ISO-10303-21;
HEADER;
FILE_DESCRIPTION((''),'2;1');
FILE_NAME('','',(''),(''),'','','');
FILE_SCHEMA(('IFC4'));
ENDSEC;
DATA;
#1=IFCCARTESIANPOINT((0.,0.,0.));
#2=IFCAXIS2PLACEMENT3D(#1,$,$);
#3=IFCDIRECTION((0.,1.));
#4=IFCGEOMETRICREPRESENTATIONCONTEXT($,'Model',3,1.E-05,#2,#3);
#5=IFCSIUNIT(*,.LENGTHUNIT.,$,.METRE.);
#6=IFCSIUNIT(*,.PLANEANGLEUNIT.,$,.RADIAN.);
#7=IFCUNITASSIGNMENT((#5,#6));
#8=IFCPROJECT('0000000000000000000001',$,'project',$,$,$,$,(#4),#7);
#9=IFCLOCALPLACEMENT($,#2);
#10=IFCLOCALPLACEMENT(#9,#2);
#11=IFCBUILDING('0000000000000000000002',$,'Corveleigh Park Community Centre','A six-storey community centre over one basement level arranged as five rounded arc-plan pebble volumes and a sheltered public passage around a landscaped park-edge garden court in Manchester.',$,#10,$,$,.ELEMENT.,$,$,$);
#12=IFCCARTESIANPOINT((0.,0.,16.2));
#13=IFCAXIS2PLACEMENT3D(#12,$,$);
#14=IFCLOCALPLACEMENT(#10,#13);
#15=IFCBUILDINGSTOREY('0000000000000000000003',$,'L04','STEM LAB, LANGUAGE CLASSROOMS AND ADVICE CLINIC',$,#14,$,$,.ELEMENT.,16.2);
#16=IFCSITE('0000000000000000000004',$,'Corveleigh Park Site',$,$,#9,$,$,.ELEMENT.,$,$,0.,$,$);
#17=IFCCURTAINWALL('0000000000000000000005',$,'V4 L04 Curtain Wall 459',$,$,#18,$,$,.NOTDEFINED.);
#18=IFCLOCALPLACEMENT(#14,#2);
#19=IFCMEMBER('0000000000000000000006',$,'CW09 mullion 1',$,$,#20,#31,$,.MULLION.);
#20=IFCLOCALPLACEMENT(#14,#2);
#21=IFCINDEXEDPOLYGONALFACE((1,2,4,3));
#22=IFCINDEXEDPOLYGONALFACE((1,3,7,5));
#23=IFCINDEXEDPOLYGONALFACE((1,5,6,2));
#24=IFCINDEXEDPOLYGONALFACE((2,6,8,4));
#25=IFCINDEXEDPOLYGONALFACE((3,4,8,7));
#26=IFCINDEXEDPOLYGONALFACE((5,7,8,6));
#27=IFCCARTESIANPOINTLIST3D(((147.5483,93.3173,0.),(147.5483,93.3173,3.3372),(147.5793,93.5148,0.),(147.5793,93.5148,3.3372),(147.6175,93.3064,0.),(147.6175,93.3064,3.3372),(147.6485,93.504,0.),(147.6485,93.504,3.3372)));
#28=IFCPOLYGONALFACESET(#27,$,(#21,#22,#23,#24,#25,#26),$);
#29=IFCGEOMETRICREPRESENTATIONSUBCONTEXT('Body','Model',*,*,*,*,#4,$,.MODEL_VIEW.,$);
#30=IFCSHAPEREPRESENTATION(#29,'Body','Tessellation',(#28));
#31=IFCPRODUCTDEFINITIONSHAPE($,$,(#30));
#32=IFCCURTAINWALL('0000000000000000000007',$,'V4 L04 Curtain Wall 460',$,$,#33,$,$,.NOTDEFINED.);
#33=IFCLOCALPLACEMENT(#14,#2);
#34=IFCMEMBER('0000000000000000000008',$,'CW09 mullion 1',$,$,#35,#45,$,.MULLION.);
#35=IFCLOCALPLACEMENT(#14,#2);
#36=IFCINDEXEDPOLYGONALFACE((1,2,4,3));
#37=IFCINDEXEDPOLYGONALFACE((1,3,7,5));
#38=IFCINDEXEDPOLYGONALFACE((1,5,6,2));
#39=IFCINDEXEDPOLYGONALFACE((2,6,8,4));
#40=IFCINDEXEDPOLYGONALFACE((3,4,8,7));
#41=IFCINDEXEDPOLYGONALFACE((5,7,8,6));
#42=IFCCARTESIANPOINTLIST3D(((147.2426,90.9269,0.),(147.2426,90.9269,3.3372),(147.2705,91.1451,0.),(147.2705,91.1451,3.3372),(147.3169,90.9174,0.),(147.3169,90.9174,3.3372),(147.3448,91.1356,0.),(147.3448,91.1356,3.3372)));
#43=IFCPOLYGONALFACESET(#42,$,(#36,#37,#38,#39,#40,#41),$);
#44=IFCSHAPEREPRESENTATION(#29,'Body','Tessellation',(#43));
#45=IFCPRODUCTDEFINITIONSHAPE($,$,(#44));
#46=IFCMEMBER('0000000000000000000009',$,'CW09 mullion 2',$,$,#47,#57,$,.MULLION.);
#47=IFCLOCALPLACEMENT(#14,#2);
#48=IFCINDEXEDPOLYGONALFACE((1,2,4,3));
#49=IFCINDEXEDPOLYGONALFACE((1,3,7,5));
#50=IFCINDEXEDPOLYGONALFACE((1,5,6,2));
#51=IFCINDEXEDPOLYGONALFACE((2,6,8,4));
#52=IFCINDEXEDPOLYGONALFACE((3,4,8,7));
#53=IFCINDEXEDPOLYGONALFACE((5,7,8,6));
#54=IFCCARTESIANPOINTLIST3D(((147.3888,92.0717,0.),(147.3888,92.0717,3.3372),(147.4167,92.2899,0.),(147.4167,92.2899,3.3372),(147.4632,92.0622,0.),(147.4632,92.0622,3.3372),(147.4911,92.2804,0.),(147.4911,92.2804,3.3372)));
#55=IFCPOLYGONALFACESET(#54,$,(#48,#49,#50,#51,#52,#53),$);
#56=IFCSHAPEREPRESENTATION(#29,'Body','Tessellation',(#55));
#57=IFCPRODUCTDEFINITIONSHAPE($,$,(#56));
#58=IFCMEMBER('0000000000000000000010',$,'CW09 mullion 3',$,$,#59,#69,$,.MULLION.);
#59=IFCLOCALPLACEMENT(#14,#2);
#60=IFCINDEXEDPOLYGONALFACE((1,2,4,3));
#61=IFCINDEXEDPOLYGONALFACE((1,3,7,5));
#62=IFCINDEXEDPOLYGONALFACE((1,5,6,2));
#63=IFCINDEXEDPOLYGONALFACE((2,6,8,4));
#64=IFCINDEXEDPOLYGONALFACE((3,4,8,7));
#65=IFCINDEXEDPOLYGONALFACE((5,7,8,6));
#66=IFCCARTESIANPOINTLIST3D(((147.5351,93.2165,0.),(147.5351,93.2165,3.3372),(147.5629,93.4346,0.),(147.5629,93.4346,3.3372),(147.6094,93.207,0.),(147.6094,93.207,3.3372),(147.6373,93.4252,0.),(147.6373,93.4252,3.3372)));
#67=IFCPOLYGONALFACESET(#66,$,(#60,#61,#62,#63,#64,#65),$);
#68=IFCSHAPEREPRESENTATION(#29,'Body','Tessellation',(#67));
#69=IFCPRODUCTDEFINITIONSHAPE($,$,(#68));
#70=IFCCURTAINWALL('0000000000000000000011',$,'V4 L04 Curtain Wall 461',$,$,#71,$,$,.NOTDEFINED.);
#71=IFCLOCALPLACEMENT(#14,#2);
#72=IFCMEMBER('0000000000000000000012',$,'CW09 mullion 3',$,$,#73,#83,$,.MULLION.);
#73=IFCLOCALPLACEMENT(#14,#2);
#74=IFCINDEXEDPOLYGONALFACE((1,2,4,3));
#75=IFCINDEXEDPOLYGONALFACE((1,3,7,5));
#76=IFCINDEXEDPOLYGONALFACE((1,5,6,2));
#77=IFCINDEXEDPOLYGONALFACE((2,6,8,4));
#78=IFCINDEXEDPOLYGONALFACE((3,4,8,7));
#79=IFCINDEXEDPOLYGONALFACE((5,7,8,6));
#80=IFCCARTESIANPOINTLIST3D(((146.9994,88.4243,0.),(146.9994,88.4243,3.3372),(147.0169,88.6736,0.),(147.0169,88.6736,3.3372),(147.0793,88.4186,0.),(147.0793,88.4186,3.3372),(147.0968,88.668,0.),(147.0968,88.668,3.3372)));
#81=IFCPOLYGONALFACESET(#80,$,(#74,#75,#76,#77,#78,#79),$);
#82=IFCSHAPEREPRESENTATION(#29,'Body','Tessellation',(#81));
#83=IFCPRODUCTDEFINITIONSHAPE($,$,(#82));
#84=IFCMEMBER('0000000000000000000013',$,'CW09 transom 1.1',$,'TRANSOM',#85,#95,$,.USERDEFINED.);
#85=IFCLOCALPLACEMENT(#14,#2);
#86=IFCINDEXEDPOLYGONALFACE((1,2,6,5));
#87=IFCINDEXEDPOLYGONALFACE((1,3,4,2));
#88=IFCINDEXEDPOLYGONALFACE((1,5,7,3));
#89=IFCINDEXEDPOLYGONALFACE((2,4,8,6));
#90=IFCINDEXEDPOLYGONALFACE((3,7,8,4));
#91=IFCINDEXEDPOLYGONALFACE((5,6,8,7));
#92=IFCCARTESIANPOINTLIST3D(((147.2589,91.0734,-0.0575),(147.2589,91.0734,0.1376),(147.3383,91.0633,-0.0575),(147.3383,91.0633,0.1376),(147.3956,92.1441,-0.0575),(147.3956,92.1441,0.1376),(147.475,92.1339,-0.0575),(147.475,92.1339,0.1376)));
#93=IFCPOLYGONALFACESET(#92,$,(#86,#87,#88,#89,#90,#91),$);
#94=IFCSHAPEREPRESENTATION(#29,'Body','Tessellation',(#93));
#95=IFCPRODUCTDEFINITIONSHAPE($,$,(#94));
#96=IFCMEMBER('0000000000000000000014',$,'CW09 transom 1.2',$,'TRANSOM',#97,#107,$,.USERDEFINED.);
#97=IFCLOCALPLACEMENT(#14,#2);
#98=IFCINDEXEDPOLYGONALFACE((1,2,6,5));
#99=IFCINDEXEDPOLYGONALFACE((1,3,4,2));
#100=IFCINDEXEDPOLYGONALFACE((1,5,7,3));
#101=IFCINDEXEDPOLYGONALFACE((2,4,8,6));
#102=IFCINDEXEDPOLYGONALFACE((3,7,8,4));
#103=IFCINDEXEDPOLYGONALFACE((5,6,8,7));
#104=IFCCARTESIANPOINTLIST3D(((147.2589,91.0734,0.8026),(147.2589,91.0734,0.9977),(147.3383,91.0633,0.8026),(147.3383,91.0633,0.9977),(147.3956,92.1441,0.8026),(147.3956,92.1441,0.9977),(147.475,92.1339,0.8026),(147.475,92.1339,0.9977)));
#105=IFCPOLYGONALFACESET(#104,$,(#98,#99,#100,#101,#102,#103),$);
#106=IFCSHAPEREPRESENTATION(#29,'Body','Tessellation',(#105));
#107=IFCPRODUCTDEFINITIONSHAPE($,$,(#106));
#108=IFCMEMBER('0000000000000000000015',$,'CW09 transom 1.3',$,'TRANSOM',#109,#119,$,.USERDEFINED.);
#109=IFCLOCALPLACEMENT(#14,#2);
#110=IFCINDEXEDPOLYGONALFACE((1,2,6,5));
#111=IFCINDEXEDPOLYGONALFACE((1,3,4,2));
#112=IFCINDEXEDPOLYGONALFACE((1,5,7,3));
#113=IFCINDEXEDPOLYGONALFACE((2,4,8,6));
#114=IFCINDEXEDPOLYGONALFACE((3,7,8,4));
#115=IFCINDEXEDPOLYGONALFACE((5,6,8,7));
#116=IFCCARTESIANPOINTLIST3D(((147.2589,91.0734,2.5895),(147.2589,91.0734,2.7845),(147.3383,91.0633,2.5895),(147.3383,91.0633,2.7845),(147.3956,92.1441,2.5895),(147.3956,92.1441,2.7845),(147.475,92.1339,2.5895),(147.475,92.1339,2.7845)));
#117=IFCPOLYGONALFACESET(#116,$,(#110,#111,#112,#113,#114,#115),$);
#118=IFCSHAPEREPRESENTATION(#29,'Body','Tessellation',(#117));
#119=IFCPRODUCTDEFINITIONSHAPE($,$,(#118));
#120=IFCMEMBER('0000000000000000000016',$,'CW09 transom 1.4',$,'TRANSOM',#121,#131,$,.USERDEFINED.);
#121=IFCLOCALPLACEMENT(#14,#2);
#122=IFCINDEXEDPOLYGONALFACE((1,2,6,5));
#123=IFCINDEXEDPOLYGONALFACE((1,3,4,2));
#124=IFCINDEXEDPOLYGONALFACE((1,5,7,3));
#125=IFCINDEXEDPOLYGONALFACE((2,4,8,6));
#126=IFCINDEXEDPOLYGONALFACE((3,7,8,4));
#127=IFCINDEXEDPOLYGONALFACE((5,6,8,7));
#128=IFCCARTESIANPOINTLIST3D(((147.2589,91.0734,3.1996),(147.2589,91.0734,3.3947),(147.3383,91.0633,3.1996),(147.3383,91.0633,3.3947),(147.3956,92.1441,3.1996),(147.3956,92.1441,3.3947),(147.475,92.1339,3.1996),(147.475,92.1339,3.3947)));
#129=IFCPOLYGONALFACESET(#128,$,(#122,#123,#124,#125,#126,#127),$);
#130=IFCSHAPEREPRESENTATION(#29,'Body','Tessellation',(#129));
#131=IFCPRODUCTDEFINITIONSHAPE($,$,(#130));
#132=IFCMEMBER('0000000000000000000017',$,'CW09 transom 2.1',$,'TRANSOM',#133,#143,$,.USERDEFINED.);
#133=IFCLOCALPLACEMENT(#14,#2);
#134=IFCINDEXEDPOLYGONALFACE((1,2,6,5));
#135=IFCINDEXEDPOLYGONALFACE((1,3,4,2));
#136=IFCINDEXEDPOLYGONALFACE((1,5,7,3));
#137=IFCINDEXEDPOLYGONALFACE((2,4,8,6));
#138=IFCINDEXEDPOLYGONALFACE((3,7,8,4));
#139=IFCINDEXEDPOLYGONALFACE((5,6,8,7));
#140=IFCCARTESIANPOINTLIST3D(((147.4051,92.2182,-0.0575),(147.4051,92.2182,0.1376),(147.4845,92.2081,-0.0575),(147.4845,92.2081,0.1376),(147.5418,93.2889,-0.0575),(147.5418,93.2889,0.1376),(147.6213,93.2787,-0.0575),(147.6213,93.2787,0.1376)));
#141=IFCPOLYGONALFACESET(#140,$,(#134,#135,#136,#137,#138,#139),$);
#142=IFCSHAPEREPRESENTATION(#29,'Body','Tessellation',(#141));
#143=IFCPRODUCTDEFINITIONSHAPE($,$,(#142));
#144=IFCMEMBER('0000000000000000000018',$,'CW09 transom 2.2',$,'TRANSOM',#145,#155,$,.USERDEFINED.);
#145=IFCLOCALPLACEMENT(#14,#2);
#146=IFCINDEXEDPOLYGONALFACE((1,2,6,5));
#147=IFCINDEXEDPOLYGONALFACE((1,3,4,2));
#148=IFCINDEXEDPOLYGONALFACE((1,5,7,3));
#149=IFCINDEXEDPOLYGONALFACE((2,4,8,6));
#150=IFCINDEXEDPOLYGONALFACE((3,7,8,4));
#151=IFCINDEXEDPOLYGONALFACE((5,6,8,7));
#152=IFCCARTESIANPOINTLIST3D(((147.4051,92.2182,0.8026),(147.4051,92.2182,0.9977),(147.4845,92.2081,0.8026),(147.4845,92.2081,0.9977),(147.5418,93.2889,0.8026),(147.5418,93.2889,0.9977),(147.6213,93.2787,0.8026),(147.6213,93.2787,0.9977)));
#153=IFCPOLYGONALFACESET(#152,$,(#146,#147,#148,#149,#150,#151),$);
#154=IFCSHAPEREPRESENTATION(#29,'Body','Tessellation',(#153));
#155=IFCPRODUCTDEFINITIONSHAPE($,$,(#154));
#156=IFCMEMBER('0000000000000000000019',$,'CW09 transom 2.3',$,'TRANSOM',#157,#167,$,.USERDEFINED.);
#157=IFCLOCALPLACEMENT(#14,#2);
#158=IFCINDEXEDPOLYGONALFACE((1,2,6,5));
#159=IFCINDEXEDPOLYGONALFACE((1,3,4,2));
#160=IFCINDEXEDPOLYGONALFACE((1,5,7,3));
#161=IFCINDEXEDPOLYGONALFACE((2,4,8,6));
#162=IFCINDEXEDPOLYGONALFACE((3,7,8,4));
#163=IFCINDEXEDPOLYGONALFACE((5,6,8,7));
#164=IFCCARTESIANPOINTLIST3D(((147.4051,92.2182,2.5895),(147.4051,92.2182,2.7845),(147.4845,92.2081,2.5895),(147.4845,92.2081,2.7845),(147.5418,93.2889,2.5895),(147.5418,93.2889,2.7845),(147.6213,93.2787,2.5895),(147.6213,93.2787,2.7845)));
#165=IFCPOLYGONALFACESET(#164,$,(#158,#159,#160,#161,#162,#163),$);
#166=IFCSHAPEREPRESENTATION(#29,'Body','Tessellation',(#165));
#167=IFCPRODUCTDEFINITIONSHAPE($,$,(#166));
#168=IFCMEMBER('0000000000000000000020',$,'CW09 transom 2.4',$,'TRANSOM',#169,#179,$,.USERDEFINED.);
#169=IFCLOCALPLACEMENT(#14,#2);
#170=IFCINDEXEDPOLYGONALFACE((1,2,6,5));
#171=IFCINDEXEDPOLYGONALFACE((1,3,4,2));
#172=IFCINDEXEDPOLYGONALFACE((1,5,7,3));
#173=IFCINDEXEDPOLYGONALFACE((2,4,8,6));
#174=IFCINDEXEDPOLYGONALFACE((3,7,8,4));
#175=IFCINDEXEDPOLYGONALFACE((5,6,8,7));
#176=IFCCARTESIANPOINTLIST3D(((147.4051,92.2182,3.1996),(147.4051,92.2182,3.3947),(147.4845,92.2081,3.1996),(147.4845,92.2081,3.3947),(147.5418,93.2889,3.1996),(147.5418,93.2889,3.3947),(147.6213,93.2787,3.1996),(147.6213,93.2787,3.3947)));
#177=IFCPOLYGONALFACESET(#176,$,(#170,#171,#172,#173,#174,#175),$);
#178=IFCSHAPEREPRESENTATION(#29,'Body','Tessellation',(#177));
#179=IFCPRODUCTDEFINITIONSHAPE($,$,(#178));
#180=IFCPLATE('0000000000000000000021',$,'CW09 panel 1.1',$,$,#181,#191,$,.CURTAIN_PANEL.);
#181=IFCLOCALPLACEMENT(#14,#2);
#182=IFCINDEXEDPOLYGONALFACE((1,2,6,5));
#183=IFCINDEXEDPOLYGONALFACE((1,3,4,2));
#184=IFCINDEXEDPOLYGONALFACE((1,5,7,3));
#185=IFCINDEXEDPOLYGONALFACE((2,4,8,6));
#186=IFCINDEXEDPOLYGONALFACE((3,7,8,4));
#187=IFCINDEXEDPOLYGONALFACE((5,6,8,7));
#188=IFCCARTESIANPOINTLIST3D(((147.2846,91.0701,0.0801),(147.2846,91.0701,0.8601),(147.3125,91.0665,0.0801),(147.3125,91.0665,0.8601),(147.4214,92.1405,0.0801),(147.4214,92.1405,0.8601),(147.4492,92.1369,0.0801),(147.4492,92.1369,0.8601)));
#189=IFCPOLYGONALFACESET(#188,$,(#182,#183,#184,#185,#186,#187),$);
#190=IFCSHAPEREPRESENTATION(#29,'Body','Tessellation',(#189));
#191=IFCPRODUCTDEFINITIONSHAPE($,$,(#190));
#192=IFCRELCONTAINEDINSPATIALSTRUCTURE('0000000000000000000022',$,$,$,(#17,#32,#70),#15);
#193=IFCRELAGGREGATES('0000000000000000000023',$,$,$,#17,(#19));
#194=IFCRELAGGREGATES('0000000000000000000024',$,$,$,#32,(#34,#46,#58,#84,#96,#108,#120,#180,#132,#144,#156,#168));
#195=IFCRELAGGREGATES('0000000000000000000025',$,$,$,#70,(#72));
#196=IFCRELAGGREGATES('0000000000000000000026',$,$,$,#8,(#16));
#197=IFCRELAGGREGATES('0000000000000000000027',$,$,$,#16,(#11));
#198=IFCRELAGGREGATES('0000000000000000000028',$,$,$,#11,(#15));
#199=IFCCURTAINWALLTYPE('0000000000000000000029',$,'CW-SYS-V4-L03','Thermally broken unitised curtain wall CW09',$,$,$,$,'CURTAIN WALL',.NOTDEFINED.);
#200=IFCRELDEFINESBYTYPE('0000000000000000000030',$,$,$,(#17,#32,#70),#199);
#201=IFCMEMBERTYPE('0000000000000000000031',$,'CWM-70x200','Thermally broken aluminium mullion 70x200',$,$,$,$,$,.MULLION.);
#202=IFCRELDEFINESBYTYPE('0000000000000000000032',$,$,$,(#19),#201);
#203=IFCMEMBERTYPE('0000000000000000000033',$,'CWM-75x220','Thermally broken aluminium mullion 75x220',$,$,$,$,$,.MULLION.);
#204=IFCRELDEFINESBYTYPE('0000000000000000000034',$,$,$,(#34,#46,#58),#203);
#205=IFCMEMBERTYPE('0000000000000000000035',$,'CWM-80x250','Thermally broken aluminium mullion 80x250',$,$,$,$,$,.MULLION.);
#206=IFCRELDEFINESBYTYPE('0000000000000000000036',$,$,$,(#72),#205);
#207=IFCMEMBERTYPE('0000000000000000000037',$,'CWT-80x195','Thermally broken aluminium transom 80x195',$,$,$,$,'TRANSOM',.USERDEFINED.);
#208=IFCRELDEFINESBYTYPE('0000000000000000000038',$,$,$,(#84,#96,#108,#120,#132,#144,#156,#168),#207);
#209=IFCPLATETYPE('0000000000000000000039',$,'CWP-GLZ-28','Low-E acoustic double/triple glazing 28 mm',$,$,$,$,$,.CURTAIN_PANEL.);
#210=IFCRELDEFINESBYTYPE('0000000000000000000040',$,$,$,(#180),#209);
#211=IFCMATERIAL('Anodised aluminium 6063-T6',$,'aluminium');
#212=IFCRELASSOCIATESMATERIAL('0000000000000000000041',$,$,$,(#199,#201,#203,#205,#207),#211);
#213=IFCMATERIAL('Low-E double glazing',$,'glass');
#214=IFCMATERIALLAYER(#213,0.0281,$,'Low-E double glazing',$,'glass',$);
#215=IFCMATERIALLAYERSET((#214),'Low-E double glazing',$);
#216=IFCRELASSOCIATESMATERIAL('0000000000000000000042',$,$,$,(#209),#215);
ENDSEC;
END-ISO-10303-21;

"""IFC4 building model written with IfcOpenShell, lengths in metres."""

from ifc_helpers import new_model, si_unit, direction, frame, origin, origin_2d, place, context, subcontext, project, spatial, rectangle, extrude, material, layer, layer_set, material_profile, profile_set, type_object, element, aggregate, save


model = new_model("IFC4")

# Units and contexts
model_context = context("Model", 3, precision=1e-05, world=origin(), true_north=direction((0.0, 1.0)))
body_context = subcontext(model_context, "Body", "Model", "MODEL_VIEW")
ifc_project = project(units=[si_unit("LENGTHUNIT", "METRE"), si_unit("PLANEANGLEUNIT", "RADIAN")], contexts=[model_context])

# Site, building, storey
site_placement = place(None, origin())
site = spatial("IfcSite", under=ifc_project, at=site_placement, Name="Corveleigh Park Site", CompositionType="ELEMENT", RefElevation=0.0)
building_placement = place(site_placement, origin())
building = spatial("IfcBuilding", under=site, at=building_placement, Name="Corveleigh Park Community Centre", Description="A six-storey community centre over one basement level arranged as five rounded arc-plan pebble volumes and a sheltered public passage around a landscaped park-edge garden court in Manchester.", CompositionType="ELEMENT")
storey_placement = place(building_placement, frame((0.0, 0.0, 16.2)))
storey = spatial("IfcBuildingStorey", under=building, at=storey_placement, Name="L04", Description="STEM LAB, LANGUAGE CLASSROOMS AND ADVICE CLINIC", CompositionType="ELEMENT", Elevation=16.2)

# Curtain wall, member
ifc_material_1 = material(Name="Anodised aluminium 6063-T6", Category="aluminium")
curtain_wall_type = type_object("IfcCurtainWallType", Name="CW-SYS-V4-L03", Description="Thermally broken unitised curtain wall CW09", ElementType="CURTAIN WALL", PredefinedType="NOTDEFINED", material=ifc_material_1)
curtain_wall_1_placement = place(storey_placement, origin())
curtain_wall_1 = element("IfcCurtainWall", 1, at=curtain_wall_1_placement, inside=storey, type_object=curtain_wall_type, Name="V4 L04 Curtain Wall 459", PredefinedType="NOTDEFINED")
ifc_material_profile_1 = material_profile(ifc_material_1, rectangle(XDim=0.0701, YDim=0.2, at=origin_2d()), Name="ALU-M70x200", Category="aluminium")
ifc_profile_set_1 = profile_set([ifc_material_profile_1], Name="Anodised aluminium 6063-T6")
member_type_1 = type_object("IfcMemberType", Name="CWM-70x200", Description="Thermally broken aluminium mullion 70x200", PredefinedType="MULLION", material=ifc_profile_set_1)
member_1_placement = place(storey_placement, frame((147.5984, 93.4106, 0.0), z_axis=(0.0, 0.0, 1.0), x_axis=(-0.987936, 0.154863, 0.0)))
member_1 = element("IfcMember", 2, at=member_1_placement, type_object=member_type_1, Name="CW09 mullion 1", PredefinedType="MULLION", context=body_context, shape_type="SweptSolid", body=[
    extrude(rectangle(XDim=0.0701, YDim=0.2, at=origin_2d()), origin(), (0.0, 0.0, 1.0), 3.3372),
])
aggregate(curtain_wall_1, [member_1])

# Curtain wall, members
curtain_wall_2_placement = place(storey_placement, origin())
curtain_wall_2 = element("IfcCurtainWall", 3, at=curtain_wall_2_placement, inside=storey, type_object=curtain_wall_type, Name="V4 L04 Curtain Wall 460", PredefinedType="NOTDEFINED")
ifc_material_profile_2 = material_profile(ifc_material_1, rectangle(XDim=0.075, YDim=0.22, at=origin_2d()), Name="ALU-M75x220", Category="aluminium")
ifc_profile_set_2 = profile_set([ifc_material_profile_2], Name="Anodised aluminium 6063-T6")
member_type_2 = type_object("IfcMemberType", Name="CWM-75x220", Description="Thermally broken aluminium mullion 75x220", PredefinedType="MULLION", material=ifc_profile_set_2)
member_2_placement = place(storey_placement, frame((147.2937, 91.0312, 0.0), z_axis=(0.0, 0.0, 1.0), x_axis=(-0.991939, 0.12672, 0.0)))
member_2 = element("IfcMember", 4, at=member_2_placement, type_object=member_type_2, Name="CW09 mullion 1", PredefinedType="MULLION", context=body_context, shape_type="SweptSolid", body=[
    extrude(rectangle(XDim=0.075, YDim=0.22, at=origin_2d()), origin(), (0.0, 0.0, 1.0), 3.3372),
])
member_3_placement = place(storey_placement, frame((147.4399, 92.176, 0.0), z_axis=(0.0, 0.0, 1.0), x_axis=(-0.991939, 0.12672, 0.0)))
member_3 = element("IfcMember", 5, at=member_3_placement, type_object=member_type_2, Name="CW09 mullion 2", PredefinedType="MULLION", context=body_context, shape_type="SweptSolid", body=[
    extrude(rectangle(XDim=0.075, YDim=0.22, at=origin_2d()), origin(), (0.0, 0.0, 1.0), 3.3372),
])
member_4_placement = place(storey_placement, frame((147.5862, 93.3208, 0.0), z_axis=(0.0, 0.0, 1.0), x_axis=(-0.991939, 0.12672, 0.0)))
member_4 = element("IfcMember", 6, at=member_4_placement, type_object=member_type_2, Name="CW09 mullion 3", PredefinedType="MULLION", context=body_context, shape_type="SweptSolid", body=[
    extrude(rectangle(XDim=0.075, YDim=0.22, at=origin_2d()), origin(), (0.0, 0.0, 1.0), 3.3372),
])

# Curtain wall, member
curtain_wall_3_placement = place(storey_placement, origin())
curtain_wall_3 = element("IfcCurtainWall", 7, at=curtain_wall_3_placement, inside=storey, type_object=curtain_wall_type, Name="V4 L04 Curtain Wall 461", PredefinedType="NOTDEFINED")
ifc_material_profile_3 = material_profile(ifc_material_1, rectangle(XDim=0.0801, YDim=0.25, at=origin_2d()), Name="ALU-M80x250", Category="aluminium")
ifc_profile_set_3 = profile_set([ifc_material_profile_3], Name="Anodised aluminium 6063-T6")
member_type_3 = type_object("IfcMemberType", Name="CWM-80x250", Description="Thermally broken aluminium mullion 80x250", PredefinedType="MULLION", material=ifc_profile_set_3)
member_5_placement = place(storey_placement, frame((147.0481, 88.5461, 0.0), z_axis=(0.0, 0.0, 1.0), x_axis=(-0.997541, 0.070084, 0.0)))
member_5 = element("IfcMember", 8, at=member_5_placement, type_object=member_type_3, Name="CW09 mullion 3", PredefinedType="MULLION", context=body_context, shape_type="SweptSolid", body=[
    extrude(rectangle(XDim=0.0801, YDim=0.25, at=origin_2d()), origin(), (0.0, 0.0, 1.0), 3.3372),
])

# Members
ifc_material_profile_4 = material_profile(ifc_material_1, rectangle(XDim=0.0801, YDim=0.1951, at=origin_2d()), Name="ALU-T80x195", Category="aluminium")
ifc_profile_set_4 = profile_set([ifc_material_profile_4], Name="Anodised aluminium 6063-T6")
member_type_4 = type_object("IfcMemberType", Name="CWT-80x195", Description="Thermally broken aluminium transom 80x195", ElementType="TRANSOM", PredefinedType="USERDEFINED", material=ifc_profile_set_4)
member_6_placement = place(storey_placement, frame((147.2986, 91.0684, 0.04), z_axis=(0.126679, 0.991944, 0.0), x_axis=(-0.991944, 0.126679, 0.0)))
member_6 = element("IfcMember", 9, at=member_6_placement, type_object=member_type_4, Name="CW09 transom 1.1", ObjectType="TRANSOM", PredefinedType="USERDEFINED", context=body_context, shape_type="SweptSolid", body=[
    extrude(rectangle(XDim=0.0801, YDim=0.1951, at=origin_2d()), origin(), (0.0, 0.0, 1.0), 1.0793),
])
member_7_placement = place(storey_placement, frame((147.2986, 91.0684, 0.9001), z_axis=(0.126679, 0.991944, 0.0), x_axis=(-0.991944, 0.126679, 0.0)))
member_7 = element("IfcMember", 10, at=member_7_placement, type_object=member_type_4, Name="CW09 transom 1.2", ObjectType="TRANSOM", PredefinedType="USERDEFINED", context=body_context, shape_type="SweptSolid", body=[
    extrude(rectangle(XDim=0.0801, YDim=0.1951, at=origin_2d()), origin(), (0.0, 0.0, 1.0), 1.0793),
])
member_8_placement = place(storey_placement, frame((147.2986, 91.0684, 2.687), z_axis=(0.126679, 0.991944, 0.0), x_axis=(-0.991944, 0.126679, 0.0)))
member_8 = element("IfcMember", 11, at=member_8_placement, type_object=member_type_4, Name="CW09 transom 1.3", ObjectType="TRANSOM", PredefinedType="USERDEFINED", context=body_context, shape_type="SweptSolid", body=[
    extrude(rectangle(XDim=0.0801, YDim=0.1951, at=origin_2d()), origin(), (0.0, 0.0, 1.0), 1.0793),
])
member_9_placement = place(storey_placement, frame((147.2986, 91.0684, 3.2971), z_axis=(0.126679, 0.991944, 0.0), x_axis=(-0.991944, 0.126679, 0.0)))
member_9 = element("IfcMember", 12, at=member_9_placement, type_object=member_type_4, Name="CW09 transom 1.4", ObjectType="TRANSOM", PredefinedType="USERDEFINED", context=body_context, shape_type="SweptSolid", body=[
    extrude(rectangle(XDim=0.0801, YDim=0.1951, at=origin_2d()), origin(), (0.0, 0.0, 1.0), 1.0793),
])
member_10_placement = place(storey_placement, frame((147.4448, 92.2131, 0.04), z_axis=(0.126679, 0.991944, 0.0), x_axis=(-0.991944, 0.126679, 0.0)))
member_10 = element("IfcMember", 13, at=member_10_placement, type_object=member_type_4, Name="CW09 transom 2.1", ObjectType="TRANSOM", PredefinedType="USERDEFINED", context=body_context, shape_type="SweptSolid", body=[
    extrude(rectangle(XDim=0.0801, YDim=0.1951, at=origin_2d()), origin(), (0.0, 0.0, 1.0), 1.0793),
])
member_11_placement = place(storey_placement, frame((147.4448, 92.2131, 0.9001), z_axis=(0.126679, 0.991944, 0.0), x_axis=(-0.991944, 0.126679, 0.0)))
member_11 = element("IfcMember", 14, at=member_11_placement, type_object=member_type_4, Name="CW09 transom 2.2", ObjectType="TRANSOM", PredefinedType="USERDEFINED", context=body_context, shape_type="SweptSolid", body=[
    extrude(rectangle(XDim=0.0801, YDim=0.1951, at=origin_2d()), origin(), (0.0, 0.0, 1.0), 1.0793),
])
member_12_placement = place(storey_placement, frame((147.4448, 92.2131, 2.687), z_axis=(0.126679, 0.991944, 0.0), x_axis=(-0.991944, 0.126679, 0.0)))
member_12 = element("IfcMember", 15, at=member_12_placement, type_object=member_type_4, Name="CW09 transom 2.3", ObjectType="TRANSOM", PredefinedType="USERDEFINED", context=body_context, shape_type="SweptSolid", body=[
    extrude(rectangle(XDim=0.0801, YDim=0.1951, at=origin_2d()), origin(), (0.0, 0.0, 1.0), 1.0793),
])
member_13_placement = place(storey_placement, frame((147.4448, 92.2131, 3.2971), z_axis=(0.126679, 0.991944, 0.0), x_axis=(-0.991944, 0.126679, 0.0)))
member_13 = element("IfcMember", 16, at=member_13_placement, type_object=member_type_4, Name="CW09 transom 2.4", ObjectType="TRANSOM", PredefinedType="USERDEFINED", context=body_context, shape_type="SweptSolid", body=[
    extrude(rectangle(XDim=0.0801, YDim=0.1951, at=origin_2d()), origin(), (0.0, 0.0, 1.0), 1.0793),
])

# Plate
ifc_material_2 = material(Name="Low-E double glazing", Category="glass")
ifc_layer_1 = layer(ifc_material_2, 0.0281, Name="Low-E double glazing", Category="glass")
ifc_layer_set_1 = layer_set([ifc_layer_1], Name="Low-E double glazing")
plate_type_1 = type_object("IfcPlateType", Name="CWP-GLZ-28", Description="Low-E acoustic double/triple glazing 28 mm", PredefinedType="CURTAIN_PANEL", material=ifc_layer_set_1)
plate_1_placement = place(storey_placement, frame((147.3669, 91.6035, 0.0801), z_axis=(0.0, 0.0, 1.0), x_axis=(0.12672, 0.991939, 0.0)))
plate_1 = element("IfcPlate", 17, at=plate_1_placement, type_object=plate_type_1, Name="CW09 panel 1.1", PredefinedType="CURTAIN_PANEL", context=body_context, shape_type="SweptSolid", body=[
    extrude(rectangle(XDim=1.0791, YDim=0.0281, at=origin_2d()), origin(), (0.0, 0.0, 1.0), 0.78),
])
aggregate(curtain_wall_2, [member_2, member_3, member_4, member_6, member_7, member_8, member_9, plate_1, member_10, member_11, member_12, member_13])
aggregate(curtain_wall_3, [member_5])

save(model, "model.ifc")
